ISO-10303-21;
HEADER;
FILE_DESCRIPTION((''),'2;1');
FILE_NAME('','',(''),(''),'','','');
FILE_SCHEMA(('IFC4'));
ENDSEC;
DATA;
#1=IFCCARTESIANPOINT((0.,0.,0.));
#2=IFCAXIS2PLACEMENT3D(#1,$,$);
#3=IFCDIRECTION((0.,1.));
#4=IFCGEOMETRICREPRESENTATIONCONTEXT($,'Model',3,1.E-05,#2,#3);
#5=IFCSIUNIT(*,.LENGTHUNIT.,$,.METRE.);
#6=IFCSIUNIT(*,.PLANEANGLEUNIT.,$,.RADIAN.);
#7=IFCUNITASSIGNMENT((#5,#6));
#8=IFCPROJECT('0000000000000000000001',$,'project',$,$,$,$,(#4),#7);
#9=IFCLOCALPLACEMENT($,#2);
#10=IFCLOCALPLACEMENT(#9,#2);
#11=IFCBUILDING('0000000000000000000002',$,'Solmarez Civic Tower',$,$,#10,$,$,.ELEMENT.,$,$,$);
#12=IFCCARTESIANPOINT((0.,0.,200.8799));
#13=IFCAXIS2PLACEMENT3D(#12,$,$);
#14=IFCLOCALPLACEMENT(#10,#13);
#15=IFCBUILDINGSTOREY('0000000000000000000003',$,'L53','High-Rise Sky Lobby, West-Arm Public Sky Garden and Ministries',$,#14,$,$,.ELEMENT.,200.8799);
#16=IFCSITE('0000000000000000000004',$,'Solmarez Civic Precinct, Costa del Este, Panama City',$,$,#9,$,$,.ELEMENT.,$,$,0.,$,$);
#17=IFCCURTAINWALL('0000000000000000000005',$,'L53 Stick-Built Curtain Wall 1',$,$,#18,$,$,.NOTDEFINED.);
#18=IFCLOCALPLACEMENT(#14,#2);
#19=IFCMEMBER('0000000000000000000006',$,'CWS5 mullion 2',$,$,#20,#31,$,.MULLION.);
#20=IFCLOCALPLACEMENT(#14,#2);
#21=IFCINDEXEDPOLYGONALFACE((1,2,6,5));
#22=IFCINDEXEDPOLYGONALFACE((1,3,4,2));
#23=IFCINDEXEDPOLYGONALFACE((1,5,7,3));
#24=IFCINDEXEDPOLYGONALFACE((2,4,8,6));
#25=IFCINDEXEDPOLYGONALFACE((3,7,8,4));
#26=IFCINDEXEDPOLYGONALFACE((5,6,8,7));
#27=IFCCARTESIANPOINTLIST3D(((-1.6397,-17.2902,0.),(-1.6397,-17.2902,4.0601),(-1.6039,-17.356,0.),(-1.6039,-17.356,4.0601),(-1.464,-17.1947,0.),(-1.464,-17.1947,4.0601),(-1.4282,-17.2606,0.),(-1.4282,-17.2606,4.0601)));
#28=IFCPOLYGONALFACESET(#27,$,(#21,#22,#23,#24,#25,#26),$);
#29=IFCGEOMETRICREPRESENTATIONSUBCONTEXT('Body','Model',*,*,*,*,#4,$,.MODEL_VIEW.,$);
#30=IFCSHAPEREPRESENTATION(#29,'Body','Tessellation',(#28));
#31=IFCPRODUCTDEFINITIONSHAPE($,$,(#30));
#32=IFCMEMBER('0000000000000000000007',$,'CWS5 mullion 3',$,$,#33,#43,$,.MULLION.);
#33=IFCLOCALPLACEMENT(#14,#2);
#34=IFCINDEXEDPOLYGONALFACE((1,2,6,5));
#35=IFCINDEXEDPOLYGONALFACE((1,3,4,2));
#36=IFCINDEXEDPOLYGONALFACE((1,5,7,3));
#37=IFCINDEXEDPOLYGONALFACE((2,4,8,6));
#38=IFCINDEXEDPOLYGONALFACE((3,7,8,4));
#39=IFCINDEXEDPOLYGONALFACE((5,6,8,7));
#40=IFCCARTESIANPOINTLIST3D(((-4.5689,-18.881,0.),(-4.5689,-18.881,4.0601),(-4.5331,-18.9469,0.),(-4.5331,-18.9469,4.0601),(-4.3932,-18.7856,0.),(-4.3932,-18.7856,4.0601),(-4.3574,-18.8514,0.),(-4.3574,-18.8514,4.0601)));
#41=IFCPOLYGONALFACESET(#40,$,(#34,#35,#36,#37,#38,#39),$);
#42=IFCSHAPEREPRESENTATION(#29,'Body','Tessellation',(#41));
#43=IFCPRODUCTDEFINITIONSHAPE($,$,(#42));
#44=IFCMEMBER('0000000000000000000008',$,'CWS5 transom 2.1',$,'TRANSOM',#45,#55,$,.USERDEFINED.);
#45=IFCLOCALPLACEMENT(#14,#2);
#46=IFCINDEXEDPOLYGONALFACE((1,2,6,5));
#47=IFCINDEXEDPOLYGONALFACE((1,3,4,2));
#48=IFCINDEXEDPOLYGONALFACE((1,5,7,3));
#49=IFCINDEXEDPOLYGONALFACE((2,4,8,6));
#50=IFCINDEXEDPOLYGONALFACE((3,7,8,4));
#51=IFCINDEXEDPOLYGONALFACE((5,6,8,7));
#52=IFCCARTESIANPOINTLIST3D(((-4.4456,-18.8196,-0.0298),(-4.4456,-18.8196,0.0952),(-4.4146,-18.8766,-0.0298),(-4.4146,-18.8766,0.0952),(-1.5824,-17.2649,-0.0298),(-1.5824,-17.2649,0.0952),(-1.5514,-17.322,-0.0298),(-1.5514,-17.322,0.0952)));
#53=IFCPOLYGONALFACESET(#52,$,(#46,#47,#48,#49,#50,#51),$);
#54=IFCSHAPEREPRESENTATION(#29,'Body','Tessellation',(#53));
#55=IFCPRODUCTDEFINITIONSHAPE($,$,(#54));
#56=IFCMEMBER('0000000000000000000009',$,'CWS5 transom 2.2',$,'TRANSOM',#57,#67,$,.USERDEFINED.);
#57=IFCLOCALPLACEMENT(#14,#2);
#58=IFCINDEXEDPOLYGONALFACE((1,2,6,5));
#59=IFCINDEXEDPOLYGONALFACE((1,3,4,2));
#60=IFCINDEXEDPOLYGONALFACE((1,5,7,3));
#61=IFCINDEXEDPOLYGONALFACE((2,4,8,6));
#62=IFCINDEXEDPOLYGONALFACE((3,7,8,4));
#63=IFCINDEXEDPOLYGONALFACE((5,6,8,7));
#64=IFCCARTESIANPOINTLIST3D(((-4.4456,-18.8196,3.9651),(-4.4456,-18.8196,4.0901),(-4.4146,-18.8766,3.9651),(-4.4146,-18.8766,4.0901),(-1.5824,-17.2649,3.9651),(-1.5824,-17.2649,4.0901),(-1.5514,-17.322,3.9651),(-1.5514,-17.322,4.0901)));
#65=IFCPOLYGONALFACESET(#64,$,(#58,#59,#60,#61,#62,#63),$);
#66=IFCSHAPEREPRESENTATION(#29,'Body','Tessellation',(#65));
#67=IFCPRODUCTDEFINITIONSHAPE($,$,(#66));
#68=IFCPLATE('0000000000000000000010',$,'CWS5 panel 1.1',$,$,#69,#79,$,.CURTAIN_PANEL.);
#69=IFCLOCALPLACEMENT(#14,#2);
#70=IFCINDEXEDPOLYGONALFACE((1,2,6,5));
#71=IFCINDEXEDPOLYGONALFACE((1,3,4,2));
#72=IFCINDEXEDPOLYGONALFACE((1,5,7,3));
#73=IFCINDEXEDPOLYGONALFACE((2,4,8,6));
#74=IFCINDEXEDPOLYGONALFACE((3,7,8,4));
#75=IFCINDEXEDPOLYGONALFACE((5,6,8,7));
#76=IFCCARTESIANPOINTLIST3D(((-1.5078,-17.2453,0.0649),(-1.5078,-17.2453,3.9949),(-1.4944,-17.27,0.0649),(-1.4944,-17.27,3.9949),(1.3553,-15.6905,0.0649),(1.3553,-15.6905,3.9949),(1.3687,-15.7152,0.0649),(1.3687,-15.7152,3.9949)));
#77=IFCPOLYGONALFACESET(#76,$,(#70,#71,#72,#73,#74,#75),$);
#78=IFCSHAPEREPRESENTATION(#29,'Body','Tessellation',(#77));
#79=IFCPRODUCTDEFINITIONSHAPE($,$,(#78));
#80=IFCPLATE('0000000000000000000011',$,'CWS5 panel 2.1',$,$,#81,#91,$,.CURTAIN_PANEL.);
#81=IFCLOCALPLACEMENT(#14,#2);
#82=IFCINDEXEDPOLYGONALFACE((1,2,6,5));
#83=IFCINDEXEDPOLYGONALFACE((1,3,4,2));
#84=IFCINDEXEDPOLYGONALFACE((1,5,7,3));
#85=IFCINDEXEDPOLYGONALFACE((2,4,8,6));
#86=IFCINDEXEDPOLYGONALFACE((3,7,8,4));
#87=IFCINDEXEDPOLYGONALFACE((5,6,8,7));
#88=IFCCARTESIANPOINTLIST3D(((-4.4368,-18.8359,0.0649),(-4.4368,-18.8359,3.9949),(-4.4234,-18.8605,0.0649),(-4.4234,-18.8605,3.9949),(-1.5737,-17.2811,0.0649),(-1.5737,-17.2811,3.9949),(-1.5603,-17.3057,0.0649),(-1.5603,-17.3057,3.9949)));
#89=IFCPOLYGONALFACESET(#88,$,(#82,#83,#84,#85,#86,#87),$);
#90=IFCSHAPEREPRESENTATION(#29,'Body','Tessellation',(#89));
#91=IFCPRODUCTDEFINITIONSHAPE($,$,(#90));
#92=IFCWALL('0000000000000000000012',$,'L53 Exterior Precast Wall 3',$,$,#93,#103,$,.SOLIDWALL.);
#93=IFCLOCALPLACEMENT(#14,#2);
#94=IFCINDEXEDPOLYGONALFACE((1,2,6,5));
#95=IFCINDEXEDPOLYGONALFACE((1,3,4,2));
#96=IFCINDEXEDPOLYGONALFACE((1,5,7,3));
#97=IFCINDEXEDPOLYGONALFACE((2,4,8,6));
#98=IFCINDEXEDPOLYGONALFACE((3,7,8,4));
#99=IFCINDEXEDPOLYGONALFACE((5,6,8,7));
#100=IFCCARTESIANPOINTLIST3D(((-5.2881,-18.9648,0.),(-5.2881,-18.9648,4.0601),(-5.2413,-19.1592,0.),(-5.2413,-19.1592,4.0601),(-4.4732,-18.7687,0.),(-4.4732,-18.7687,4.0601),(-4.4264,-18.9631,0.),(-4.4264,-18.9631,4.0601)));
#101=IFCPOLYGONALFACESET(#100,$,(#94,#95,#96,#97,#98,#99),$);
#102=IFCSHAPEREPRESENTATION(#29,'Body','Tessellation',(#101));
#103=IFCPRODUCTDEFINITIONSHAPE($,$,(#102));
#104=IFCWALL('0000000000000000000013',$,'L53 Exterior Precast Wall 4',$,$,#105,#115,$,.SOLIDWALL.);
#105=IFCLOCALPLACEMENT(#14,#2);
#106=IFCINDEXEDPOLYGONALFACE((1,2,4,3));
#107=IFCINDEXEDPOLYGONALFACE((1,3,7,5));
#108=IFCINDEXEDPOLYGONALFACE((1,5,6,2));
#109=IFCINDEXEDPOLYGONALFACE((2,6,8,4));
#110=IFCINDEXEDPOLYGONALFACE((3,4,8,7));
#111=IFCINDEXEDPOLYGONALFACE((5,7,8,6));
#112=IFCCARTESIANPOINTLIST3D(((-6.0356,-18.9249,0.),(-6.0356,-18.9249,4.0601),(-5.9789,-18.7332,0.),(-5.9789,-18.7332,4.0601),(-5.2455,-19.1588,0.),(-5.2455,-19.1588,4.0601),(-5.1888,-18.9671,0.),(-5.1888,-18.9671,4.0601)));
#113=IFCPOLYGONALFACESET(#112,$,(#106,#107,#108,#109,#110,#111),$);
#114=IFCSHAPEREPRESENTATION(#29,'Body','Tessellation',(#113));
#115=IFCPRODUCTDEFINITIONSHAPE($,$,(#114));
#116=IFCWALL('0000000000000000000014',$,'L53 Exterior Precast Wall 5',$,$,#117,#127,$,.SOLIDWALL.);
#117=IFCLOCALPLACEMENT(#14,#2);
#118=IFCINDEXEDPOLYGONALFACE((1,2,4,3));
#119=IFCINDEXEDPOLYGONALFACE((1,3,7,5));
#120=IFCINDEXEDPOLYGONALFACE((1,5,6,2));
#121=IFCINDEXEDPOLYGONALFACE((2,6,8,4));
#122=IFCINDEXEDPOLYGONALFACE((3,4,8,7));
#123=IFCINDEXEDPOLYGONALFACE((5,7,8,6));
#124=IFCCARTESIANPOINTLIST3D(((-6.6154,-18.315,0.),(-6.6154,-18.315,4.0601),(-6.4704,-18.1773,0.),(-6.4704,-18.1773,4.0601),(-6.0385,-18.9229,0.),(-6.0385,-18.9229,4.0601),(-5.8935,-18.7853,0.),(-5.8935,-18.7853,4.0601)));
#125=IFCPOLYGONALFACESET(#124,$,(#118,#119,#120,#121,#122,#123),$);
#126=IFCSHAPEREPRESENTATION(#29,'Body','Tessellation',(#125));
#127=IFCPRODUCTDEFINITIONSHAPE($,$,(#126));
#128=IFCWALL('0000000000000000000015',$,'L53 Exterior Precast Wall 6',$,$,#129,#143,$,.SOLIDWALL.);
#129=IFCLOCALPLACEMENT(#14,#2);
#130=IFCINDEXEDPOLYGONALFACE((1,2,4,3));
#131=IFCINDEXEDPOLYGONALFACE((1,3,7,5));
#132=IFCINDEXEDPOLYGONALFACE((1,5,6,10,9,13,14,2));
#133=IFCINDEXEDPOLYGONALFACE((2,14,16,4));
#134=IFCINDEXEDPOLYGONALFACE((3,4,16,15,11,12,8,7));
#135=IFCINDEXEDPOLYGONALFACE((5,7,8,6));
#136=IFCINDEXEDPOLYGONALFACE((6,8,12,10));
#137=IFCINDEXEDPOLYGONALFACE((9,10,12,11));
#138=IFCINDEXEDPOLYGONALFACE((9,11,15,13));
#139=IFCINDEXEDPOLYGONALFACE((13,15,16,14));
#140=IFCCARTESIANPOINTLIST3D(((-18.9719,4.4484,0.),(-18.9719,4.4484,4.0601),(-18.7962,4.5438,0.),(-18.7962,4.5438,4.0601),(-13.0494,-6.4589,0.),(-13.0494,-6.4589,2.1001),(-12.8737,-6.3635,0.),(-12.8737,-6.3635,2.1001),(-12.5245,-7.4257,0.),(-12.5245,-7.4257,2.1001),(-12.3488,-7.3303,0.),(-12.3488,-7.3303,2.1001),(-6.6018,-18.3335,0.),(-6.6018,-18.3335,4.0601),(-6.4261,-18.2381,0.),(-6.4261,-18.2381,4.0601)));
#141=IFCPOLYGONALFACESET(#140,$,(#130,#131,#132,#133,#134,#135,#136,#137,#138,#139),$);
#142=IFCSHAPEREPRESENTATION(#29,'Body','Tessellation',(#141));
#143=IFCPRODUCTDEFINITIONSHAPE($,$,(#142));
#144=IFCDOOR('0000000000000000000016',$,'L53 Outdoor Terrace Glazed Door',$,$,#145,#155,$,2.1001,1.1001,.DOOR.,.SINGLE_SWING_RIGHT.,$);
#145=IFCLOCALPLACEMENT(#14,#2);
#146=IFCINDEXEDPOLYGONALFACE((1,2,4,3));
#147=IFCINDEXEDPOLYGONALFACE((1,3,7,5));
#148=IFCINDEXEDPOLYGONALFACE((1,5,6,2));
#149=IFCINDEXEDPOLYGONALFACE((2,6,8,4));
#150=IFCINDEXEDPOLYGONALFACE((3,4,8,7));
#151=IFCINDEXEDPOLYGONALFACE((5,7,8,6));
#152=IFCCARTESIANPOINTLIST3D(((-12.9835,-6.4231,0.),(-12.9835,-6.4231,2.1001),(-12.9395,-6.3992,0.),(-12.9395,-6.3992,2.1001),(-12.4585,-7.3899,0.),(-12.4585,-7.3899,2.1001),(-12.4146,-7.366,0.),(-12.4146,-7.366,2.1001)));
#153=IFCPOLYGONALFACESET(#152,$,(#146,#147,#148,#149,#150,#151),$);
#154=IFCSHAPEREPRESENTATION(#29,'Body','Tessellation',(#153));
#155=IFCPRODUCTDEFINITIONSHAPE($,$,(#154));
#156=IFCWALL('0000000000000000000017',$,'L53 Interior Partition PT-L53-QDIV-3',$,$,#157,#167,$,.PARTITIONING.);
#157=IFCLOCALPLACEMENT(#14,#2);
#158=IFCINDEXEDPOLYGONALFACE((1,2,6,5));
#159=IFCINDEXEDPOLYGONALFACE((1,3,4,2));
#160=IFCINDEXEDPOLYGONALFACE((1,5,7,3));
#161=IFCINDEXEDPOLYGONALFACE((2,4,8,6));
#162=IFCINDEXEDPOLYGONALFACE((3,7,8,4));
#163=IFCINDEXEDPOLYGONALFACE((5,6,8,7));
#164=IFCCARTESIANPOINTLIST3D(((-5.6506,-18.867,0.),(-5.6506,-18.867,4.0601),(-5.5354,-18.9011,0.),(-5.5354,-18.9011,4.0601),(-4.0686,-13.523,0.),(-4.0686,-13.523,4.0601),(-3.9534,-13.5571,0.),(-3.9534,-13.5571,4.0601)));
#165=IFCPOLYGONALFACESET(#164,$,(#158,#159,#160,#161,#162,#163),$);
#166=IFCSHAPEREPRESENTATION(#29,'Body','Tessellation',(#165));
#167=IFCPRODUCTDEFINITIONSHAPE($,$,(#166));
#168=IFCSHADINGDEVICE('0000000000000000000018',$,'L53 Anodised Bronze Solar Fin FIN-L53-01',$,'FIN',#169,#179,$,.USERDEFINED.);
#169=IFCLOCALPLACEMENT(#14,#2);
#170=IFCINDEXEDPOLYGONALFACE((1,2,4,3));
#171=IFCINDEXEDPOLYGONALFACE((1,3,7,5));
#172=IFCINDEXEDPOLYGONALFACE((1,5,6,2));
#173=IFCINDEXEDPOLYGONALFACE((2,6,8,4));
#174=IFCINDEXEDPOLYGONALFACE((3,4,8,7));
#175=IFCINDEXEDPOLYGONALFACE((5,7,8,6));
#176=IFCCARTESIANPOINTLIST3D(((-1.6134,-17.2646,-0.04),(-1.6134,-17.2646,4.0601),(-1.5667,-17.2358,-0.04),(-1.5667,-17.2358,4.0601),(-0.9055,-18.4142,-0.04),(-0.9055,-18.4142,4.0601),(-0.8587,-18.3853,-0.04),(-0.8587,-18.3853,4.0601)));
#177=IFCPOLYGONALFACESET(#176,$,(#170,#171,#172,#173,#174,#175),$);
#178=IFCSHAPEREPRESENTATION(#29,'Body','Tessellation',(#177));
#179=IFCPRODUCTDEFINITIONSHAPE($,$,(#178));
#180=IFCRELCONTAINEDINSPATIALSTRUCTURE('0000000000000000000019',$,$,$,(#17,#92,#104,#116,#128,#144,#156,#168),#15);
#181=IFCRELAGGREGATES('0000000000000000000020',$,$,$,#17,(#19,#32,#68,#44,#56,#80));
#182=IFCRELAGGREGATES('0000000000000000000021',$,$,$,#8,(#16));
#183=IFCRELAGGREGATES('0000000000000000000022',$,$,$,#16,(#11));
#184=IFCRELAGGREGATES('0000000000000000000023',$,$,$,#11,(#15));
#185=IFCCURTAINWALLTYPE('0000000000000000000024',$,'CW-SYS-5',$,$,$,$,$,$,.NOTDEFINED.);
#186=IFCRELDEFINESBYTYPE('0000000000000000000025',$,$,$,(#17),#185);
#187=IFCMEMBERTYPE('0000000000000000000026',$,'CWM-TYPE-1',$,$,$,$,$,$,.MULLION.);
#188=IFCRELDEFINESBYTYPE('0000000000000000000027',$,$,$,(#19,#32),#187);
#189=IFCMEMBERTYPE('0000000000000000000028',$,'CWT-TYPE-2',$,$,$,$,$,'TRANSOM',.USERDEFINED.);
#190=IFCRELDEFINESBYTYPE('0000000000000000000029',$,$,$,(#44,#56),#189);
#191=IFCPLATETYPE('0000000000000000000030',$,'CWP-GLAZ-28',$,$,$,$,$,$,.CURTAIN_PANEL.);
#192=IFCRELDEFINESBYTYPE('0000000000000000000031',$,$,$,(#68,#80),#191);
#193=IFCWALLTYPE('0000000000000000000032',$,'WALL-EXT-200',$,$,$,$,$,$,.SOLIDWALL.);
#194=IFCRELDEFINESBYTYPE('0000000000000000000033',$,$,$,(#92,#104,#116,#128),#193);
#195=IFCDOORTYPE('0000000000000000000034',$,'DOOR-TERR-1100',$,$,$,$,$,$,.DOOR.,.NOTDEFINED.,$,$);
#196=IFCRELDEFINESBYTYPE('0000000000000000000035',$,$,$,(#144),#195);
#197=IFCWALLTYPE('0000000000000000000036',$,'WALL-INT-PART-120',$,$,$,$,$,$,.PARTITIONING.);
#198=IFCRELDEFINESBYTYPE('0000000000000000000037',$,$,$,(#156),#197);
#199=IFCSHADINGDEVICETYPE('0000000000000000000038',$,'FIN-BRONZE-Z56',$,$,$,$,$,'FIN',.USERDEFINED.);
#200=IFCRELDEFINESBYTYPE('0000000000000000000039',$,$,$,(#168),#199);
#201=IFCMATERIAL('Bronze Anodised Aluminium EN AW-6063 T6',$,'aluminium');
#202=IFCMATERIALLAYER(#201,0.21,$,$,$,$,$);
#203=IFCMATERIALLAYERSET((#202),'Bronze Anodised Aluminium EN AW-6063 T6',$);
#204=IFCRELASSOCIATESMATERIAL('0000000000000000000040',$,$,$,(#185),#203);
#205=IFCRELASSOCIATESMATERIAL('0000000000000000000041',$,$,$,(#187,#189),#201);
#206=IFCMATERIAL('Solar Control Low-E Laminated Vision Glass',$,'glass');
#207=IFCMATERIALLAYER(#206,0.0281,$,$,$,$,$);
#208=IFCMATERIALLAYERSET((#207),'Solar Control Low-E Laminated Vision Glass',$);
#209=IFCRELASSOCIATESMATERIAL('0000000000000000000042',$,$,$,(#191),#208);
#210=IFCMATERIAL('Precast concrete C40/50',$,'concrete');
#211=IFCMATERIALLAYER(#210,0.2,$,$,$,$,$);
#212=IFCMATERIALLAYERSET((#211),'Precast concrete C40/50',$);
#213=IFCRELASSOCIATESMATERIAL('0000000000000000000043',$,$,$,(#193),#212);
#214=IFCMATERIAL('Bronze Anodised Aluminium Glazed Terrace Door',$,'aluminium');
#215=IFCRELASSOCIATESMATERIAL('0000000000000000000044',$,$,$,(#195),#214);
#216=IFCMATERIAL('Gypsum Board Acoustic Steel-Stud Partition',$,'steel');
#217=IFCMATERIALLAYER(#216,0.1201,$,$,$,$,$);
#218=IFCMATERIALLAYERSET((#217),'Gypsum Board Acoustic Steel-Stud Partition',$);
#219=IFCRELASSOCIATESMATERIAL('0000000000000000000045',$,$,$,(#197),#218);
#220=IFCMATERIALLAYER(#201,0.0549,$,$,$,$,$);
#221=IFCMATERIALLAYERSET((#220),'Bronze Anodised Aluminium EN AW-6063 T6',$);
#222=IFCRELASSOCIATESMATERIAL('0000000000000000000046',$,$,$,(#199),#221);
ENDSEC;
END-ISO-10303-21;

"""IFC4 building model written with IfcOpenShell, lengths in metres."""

from ifc_helpers import new_model, si_unit, direction, frame, frame_2d, origin, origin_2d, place, context, subcontext, project, spatial, rectangle, extrude, material, layer, layer_set, material_profile, profile_set, type_object, element, fill, aggregate, save


model = new_model("IFC4")

# Units and contexts
model_context = context("Model", 3, precision=1e-05, world=origin(), true_north=direction((0.0, 1.0)))
body_context = subcontext(model_context, "Body", "Model", "MODEL_VIEW")
ifc_project = project(units=[si_unit("LENGTHUNIT", "METRE"), si_unit("PLANEANGLEUNIT", "RADIAN")], contexts=[model_context])

# Site, building, storey
site_placement = place(None, origin())
site = spatial("IfcSite", under=ifc_project, at=site_placement, Name="Solmarez Civic Precinct, Costa del Este, Panama City", CompositionType="ELEMENT", RefElevation=0.0)
building_placement = place(site_placement, origin())
building = spatial("IfcBuilding", under=site, at=building_placement, Name="Solmarez Civic Tower", CompositionType="ELEMENT")
storey_placement = place(building_placement, frame((0.0, 0.0, 200.8799)))
storey = spatial("IfcBuildingStorey", under=building, at=storey_placement, Name="L53", Description="High-Rise Sky Lobby, West-Arm Public Sky Garden and Ministries", CompositionType="ELEMENT", Elevation=200.8799)

# Curtain wall, members, plates
ifc_material_1 = material(Name="Bronze Anodised Aluminium EN AW-6063 T6", Category="aluminium")
ifc_layer_1 = layer(ifc_material_1, 0.21)
ifc_layer_set_1 = layer_set([ifc_layer_1], Name="Bronze Anodised Aluminium EN AW-6063 T6")
curtain_wall_type = type_object("IfcCurtainWallType", Name="CW-SYS-5", PredefinedType="NOTDEFINED", material=ifc_layer_set_1)
curtain_wall_placement = place(storey_placement, origin())
curtain_wall = element("IfcCurtainWall", 1, at=curtain_wall_placement, inside=storey, type_object=curtain_wall_type, Name="L53 Stick-Built Curtain Wall 1", PredefinedType="NOTDEFINED")
ifc_material_profile_1 = material_profile(ifc_material_1, rectangle(XDim=0.075, YDim=0.2, at=origin_2d()), Name="CWM-75X200")
ifc_profile_set_1 = profile_set([ifc_material_profile_1], Name="Bronze Anodised Aluminium EN AW-6063 T6")
member_type_1 = type_object("IfcMemberType", Name="CWM-TYPE-1", PredefinedType="MULLION", material=ifc_profile_set_1)
member_1_placement = place(storey_placement, frame((-1.5339, -17.2754, 0.0), z_axis=(0.0, 0.0, 1.0), x_axis=(0.47722, -0.878784, 0.0)))
member_1 = element("IfcMember", 2, at=member_1_placement, type_object=member_type_1, Name="CWS5 mullion 2", PredefinedType="MULLION", context=body_context, shape_type="SweptSolid", body=[
    extrude(rectangle(XDim=0.075, YDim=0.2, at=origin_2d()), origin(), (0.0, 0.0, 1.0), 4.0601),
])
member_2_placement = place(storey_placement, frame((-4.4631, -18.8662, 0.0), z_axis=(0.0, 0.0, 1.0), x_axis=(0.47722, -0.878784, 0.0)))
member_2 = element("IfcMember", 3, at=member_2_placement, type_object=member_type_1, Name="CWS5 mullion 3", PredefinedType="MULLION", context=body_context, shape_type="SweptSolid", body=[
    extrude(rectangle(XDim=0.075, YDim=0.2, at=origin_2d()), origin(), (0.0, 0.0, 1.0), 4.0601),
])
ifc_material_profile_2 = material_profile(ifc_material_1, rectangle(XDim=0.0649, YDim=0.125, at=origin_2d()), Name="CWT-65X125")
ifc_profile_set_2 = profile_set([ifc_material_profile_2], Name="Bronze Anodised Aluminium EN AW-6063 T6")
member_type_2 = type_object("IfcMemberType", Name="CWT-TYPE-2", ElementType="TRANSOM", PredefinedType="USERDEFINED", material=ifc_profile_set_2)
member_3_placement = place(storey_placement, frame((-1.5669, -17.2935, 0.0327), z_axis=(-0.87881, -0.477171, 0.0), x_axis=(0.477171, -0.87881, 0.0)))
member_3 = element("IfcMember", 4, at=member_3_placement, type_object=member_type_2, Name="CWS5 transom 2.1", ObjectType="TRANSOM", PredefinedType="USERDEFINED", context=body_context, shape_type="SweptSolid", body=[
    extrude(rectangle(XDim=0.0649, YDim=0.125, at=origin_2d()), origin(), (0.0, 0.0, 1.0), 3.2581),
])
member_4_placement = place(storey_placement, frame((-1.5669, -17.2935, 4.0276), z_axis=(-0.87881, -0.477171, 0.0), x_axis=(0.477171, -0.87881, 0.0)))
member_4 = element("IfcMember", 5, at=member_4_placement, type_object=member_type_2, Name="CWS5 transom 2.2", ObjectType="TRANSOM", PredefinedType="USERDEFINED", context=body_context, shape_type="SweptSolid", body=[
    extrude(rectangle(XDim=0.0649, YDim=0.125, at=origin_2d()), origin(), (0.0, 0.0, 1.0), 3.2581),
])
ifc_material_2 = material(Name="Solar Control Low-E Laminated Vision Glass", Category="glass")
ifc_layer_2 = layer(ifc_material_2, 0.0281)
ifc_layer_set_2 = layer_set([ifc_layer_2], Name="Solar Control Low-E Laminated Vision Glass")
plate_type = type_object("IfcPlateType", Name="CWP-GLAZ-28", PredefinedType="CURTAIN_PANEL", material=ifc_layer_set_2)
plate_1_placement = place(storey_placement, frame((-0.0696, -16.4802, 0.0649), z_axis=(0.0, 0.0, 1.0), x_axis=(-0.878784, -0.47722, 0.0)))
plate_1 = element("IfcPlate", 6, at=plate_1_placement, type_object=plate_type, Name="CWS5 panel 1.1", PredefinedType="CURTAIN_PANEL", context=body_context, shape_type="SweptSolid", body=[
    extrude(rectangle(XDim=3.2581, YDim=0.0281, at=origin_2d()), origin(), (0.0, 0.0, 1.0), 3.9299),
])
plate_2_placement = place(storey_placement, frame((-2.9985, -18.0708, 0.0649), z_axis=(0.0, 0.0, 1.0), x_axis=(-0.878784, -0.47722, 0.0)))
plate_2 = element("IfcPlate", 7, at=plate_2_placement, type_object=plate_type, Name="CWS5 panel 2.1", PredefinedType="CURTAIN_PANEL", context=body_context, shape_type="SweptSolid", body=[
    extrude(rectangle(XDim=3.2581, YDim=0.0281, at=origin_2d()), origin(), (0.0, 0.0, 1.0), 3.9299),
])
aggregate(curtain_wall, [member_1, member_2, plate_1, member_3, member_4, plate_2])

# Walls
ifc_material_3 = material(Name="Precast concrete C40/50", Category="concrete")
ifc_layer_3 = layer(ifc_material_3, 0.2)
ifc_layer_set_3 = layer_set([ifc_layer_3], Name="Precast concrete C40/50")
wall_type_1 = type_object("IfcWallType", Name="WALL-EXT-200", PredefinedType="SOLIDWALL", material=ifc_layer_set_3)
wall_1_placement = place(storey_placement, frame((-4.45, -18.866, 0.0), z_axis=(0.0, 0.0, 1.0), x_axis=(-0.972263, -0.233891, 0.0)))
element("IfcWall", 8, at=wall_1_placement, inside=storey, type_object=wall_type_1, Name="L53 Exterior Precast Wall 3", PredefinedType="SOLIDWALL", context=body_context, shape_type="SweptSolid", body=[
    extrude(rectangle(XDim=0.8381, YDim=0.2, at=frame_2d((0.4189, 0.0))), origin(), (0.0, 0.0, 1.0), 4.0601),
])
wall_2_placement = place(storey_placement, frame((-5.217, -19.063, 0.0), z_axis=(0.0, 0.0, 1.0), x_axis=(-0.958864, 0.283866, 0.0)))
element("IfcWall", 9, at=wall_2_placement, inside=storey, type_object=wall_type_1, Name="L53 Exterior Precast Wall 4", PredefinedType="SOLIDWALL", context=body_context, shape_type="SweptSolid", body=[
    extrude(rectangle(XDim=0.824, YDim=0.2, at=frame_2d((0.4121, 0.0))), origin(), (0.0, 0.0, 1.0), 4.0601),
])
wall_3_placement = place(storey_placement, frame((-5.9661, -18.854, 0.0), z_axis=(0.0, 0.0, 1.0), x_axis=(-0.688367, 0.725363, 0.0)))
element("IfcWall", 10, at=wall_3_placement, inside=storey, type_object=wall_type_1, Name="L53 Exterior Precast Wall 5", PredefinedType="SOLIDWALL", context=body_context, shape_type="SweptSolid", body=[
    extrude(rectangle(XDim=0.8381, YDim=0.2, at=frame_2d((0.4189, 0.0))), origin(), (0.0, 0.0, 1.0), 4.0601),
])

# Wall, opening, door
wall_4_placement = place(storey_placement, frame((-6.5139, -18.2859, 0.0), z_axis=(0.0, 0.0, 1.0), x_axis=(-0.477174, 0.878809, 0.0)))
wall_4 = element("IfcWall", 11, at=wall_4_placement, inside=storey, type_object=wall_type_1, Name="L53 Exterior Precast Wall 6", PredefinedType="SOLIDWALL", context=body_context, shape_type="SweptSolid", body=[
    extrude(rectangle(XDim=25.9236, YDim=0.2, at=frame_2d((12.9619, 0.0))), origin(), (0.0, 0.0, 1.0), 4.0601),
])
opening_placement = place(wall_4_placement, frame((12.4121, 0.0, 0.0)))
opening = element("IfcOpeningElement", 12, at=opening_placement, cuts=wall_4, PredefinedType="OPENING", context=body_context, shape_type="SweptSolid", body=[
    extrude(rectangle(XDim=1.1001, YDim=2.1001, at=frame_2d((0.55, 1.05))), frame((0.0, 0.1099, 0.0), z_axis=(0.0, -1.0, 0.0), x_axis=(1.0, 0.0, 0.0)), (0.0, 0.0, 1.0), 0.22),
])
ifc_material_4 = material(Name="Bronze Anodised Aluminium Glazed Terrace Door", Category="aluminium")
door_type = type_object("IfcDoorType", Name="DOOR-TERR-1100", OperationType="NOTDEFINED", PredefinedType="DOOR", material=ifc_material_4)
door_placement = place(opening_placement, origin())
door = element("IfcDoor", 13, at=door_placement, inside=storey, type_object=door_type, Name="L53 Outdoor Terrace Glazed Door", OperationType="SINGLE_SWING_RIGHT", OverallHeight=2.1001, OverallWidth=1.1001, PredefinedType="DOOR", context=body_context, shape_type="SweptSolid", body=[
    extrude(rectangle(XDim=1.1001, YDim=2.1001, at=frame_2d((0.55, 1.05))), frame((0.0, 0.0249, 0.0), z_axis=(0.0, -1.0, 0.0), x_axis=(1.0, 0.0, 0.0)), (0.0, 0.0, 1.0), 0.05),
])
fill(opening, door)

# Wall
ifc_material_5 = material(Name="Gypsum Board Acoustic Steel-Stud Partition", Category="steel")
ifc_layer_4 = layer(ifc_material_5, 0.1201)
ifc_layer_set_4 = layer_set([ifc_layer_4], Name="Gypsum Board Acoustic Steel-Stud Partition")
wall_type_2 = type_object("IfcWallType", Name="WALL-INT-PART-120", PredefinedType="PARTITIONING", material=ifc_layer_set_4)
wall_5_placement = place(storey_placement, frame((-4.011, -13.54, 0.0), z_axis=(0.0, 0.0, 1.0), x_axis=(-0.283862, -0.958865, 0.0)))
element("IfcWall", 14, at=wall_5_placement, inside=storey, type_object=wall_type_2, Name="L53 Interior Partition PT-L53-QDIV-3", PredefinedType="PARTITIONING", context=body_context, shape_type="SweptSolid", body=[
    extrude(rectangle(XDim=5.5732, YDim=0.1201, at=frame_2d((2.7866, 0.0))), origin(), (0.0, 0.0, 1.0), 4.0601),
])

# Shading device
ifc_layer_5 = layer(ifc_material_1, 0.0549)
ifc_layer_set_5 = layer_set([ifc_layer_5], Name="Bronze Anodised Aluminium EN AW-6063 T6")
shading_device_type = type_object("IfcShadingDeviceType", Name="FIN-BRONZE-Z56", ElementType="FIN", PredefinedType="USERDEFINED", material=ifc_layer_set_5)
shading_device_placement = place(storey_placement, frame((-1.2361, -17.825, -0.04), z_axis=(0.0, 0.0, 1.0), x_axis=(0.524372, -0.851489, 0.0)))
element("IfcShadingDevice", 15, at=shading_device_placement, inside=storey, type_object=shading_device_type, Name="L53 Anodised Bronze Solar Fin FIN-L53-01", ObjectType="FIN", PredefinedType="USERDEFINED", context=body_context, shape_type="SweptSolid", body=[
    extrude(rectangle(XDim=1.3501, YDim=0.0549, at=origin_2d()), origin(), (0.0, 0.0, 1.0), 4.1001),
])

save(model, "model.ifc")
